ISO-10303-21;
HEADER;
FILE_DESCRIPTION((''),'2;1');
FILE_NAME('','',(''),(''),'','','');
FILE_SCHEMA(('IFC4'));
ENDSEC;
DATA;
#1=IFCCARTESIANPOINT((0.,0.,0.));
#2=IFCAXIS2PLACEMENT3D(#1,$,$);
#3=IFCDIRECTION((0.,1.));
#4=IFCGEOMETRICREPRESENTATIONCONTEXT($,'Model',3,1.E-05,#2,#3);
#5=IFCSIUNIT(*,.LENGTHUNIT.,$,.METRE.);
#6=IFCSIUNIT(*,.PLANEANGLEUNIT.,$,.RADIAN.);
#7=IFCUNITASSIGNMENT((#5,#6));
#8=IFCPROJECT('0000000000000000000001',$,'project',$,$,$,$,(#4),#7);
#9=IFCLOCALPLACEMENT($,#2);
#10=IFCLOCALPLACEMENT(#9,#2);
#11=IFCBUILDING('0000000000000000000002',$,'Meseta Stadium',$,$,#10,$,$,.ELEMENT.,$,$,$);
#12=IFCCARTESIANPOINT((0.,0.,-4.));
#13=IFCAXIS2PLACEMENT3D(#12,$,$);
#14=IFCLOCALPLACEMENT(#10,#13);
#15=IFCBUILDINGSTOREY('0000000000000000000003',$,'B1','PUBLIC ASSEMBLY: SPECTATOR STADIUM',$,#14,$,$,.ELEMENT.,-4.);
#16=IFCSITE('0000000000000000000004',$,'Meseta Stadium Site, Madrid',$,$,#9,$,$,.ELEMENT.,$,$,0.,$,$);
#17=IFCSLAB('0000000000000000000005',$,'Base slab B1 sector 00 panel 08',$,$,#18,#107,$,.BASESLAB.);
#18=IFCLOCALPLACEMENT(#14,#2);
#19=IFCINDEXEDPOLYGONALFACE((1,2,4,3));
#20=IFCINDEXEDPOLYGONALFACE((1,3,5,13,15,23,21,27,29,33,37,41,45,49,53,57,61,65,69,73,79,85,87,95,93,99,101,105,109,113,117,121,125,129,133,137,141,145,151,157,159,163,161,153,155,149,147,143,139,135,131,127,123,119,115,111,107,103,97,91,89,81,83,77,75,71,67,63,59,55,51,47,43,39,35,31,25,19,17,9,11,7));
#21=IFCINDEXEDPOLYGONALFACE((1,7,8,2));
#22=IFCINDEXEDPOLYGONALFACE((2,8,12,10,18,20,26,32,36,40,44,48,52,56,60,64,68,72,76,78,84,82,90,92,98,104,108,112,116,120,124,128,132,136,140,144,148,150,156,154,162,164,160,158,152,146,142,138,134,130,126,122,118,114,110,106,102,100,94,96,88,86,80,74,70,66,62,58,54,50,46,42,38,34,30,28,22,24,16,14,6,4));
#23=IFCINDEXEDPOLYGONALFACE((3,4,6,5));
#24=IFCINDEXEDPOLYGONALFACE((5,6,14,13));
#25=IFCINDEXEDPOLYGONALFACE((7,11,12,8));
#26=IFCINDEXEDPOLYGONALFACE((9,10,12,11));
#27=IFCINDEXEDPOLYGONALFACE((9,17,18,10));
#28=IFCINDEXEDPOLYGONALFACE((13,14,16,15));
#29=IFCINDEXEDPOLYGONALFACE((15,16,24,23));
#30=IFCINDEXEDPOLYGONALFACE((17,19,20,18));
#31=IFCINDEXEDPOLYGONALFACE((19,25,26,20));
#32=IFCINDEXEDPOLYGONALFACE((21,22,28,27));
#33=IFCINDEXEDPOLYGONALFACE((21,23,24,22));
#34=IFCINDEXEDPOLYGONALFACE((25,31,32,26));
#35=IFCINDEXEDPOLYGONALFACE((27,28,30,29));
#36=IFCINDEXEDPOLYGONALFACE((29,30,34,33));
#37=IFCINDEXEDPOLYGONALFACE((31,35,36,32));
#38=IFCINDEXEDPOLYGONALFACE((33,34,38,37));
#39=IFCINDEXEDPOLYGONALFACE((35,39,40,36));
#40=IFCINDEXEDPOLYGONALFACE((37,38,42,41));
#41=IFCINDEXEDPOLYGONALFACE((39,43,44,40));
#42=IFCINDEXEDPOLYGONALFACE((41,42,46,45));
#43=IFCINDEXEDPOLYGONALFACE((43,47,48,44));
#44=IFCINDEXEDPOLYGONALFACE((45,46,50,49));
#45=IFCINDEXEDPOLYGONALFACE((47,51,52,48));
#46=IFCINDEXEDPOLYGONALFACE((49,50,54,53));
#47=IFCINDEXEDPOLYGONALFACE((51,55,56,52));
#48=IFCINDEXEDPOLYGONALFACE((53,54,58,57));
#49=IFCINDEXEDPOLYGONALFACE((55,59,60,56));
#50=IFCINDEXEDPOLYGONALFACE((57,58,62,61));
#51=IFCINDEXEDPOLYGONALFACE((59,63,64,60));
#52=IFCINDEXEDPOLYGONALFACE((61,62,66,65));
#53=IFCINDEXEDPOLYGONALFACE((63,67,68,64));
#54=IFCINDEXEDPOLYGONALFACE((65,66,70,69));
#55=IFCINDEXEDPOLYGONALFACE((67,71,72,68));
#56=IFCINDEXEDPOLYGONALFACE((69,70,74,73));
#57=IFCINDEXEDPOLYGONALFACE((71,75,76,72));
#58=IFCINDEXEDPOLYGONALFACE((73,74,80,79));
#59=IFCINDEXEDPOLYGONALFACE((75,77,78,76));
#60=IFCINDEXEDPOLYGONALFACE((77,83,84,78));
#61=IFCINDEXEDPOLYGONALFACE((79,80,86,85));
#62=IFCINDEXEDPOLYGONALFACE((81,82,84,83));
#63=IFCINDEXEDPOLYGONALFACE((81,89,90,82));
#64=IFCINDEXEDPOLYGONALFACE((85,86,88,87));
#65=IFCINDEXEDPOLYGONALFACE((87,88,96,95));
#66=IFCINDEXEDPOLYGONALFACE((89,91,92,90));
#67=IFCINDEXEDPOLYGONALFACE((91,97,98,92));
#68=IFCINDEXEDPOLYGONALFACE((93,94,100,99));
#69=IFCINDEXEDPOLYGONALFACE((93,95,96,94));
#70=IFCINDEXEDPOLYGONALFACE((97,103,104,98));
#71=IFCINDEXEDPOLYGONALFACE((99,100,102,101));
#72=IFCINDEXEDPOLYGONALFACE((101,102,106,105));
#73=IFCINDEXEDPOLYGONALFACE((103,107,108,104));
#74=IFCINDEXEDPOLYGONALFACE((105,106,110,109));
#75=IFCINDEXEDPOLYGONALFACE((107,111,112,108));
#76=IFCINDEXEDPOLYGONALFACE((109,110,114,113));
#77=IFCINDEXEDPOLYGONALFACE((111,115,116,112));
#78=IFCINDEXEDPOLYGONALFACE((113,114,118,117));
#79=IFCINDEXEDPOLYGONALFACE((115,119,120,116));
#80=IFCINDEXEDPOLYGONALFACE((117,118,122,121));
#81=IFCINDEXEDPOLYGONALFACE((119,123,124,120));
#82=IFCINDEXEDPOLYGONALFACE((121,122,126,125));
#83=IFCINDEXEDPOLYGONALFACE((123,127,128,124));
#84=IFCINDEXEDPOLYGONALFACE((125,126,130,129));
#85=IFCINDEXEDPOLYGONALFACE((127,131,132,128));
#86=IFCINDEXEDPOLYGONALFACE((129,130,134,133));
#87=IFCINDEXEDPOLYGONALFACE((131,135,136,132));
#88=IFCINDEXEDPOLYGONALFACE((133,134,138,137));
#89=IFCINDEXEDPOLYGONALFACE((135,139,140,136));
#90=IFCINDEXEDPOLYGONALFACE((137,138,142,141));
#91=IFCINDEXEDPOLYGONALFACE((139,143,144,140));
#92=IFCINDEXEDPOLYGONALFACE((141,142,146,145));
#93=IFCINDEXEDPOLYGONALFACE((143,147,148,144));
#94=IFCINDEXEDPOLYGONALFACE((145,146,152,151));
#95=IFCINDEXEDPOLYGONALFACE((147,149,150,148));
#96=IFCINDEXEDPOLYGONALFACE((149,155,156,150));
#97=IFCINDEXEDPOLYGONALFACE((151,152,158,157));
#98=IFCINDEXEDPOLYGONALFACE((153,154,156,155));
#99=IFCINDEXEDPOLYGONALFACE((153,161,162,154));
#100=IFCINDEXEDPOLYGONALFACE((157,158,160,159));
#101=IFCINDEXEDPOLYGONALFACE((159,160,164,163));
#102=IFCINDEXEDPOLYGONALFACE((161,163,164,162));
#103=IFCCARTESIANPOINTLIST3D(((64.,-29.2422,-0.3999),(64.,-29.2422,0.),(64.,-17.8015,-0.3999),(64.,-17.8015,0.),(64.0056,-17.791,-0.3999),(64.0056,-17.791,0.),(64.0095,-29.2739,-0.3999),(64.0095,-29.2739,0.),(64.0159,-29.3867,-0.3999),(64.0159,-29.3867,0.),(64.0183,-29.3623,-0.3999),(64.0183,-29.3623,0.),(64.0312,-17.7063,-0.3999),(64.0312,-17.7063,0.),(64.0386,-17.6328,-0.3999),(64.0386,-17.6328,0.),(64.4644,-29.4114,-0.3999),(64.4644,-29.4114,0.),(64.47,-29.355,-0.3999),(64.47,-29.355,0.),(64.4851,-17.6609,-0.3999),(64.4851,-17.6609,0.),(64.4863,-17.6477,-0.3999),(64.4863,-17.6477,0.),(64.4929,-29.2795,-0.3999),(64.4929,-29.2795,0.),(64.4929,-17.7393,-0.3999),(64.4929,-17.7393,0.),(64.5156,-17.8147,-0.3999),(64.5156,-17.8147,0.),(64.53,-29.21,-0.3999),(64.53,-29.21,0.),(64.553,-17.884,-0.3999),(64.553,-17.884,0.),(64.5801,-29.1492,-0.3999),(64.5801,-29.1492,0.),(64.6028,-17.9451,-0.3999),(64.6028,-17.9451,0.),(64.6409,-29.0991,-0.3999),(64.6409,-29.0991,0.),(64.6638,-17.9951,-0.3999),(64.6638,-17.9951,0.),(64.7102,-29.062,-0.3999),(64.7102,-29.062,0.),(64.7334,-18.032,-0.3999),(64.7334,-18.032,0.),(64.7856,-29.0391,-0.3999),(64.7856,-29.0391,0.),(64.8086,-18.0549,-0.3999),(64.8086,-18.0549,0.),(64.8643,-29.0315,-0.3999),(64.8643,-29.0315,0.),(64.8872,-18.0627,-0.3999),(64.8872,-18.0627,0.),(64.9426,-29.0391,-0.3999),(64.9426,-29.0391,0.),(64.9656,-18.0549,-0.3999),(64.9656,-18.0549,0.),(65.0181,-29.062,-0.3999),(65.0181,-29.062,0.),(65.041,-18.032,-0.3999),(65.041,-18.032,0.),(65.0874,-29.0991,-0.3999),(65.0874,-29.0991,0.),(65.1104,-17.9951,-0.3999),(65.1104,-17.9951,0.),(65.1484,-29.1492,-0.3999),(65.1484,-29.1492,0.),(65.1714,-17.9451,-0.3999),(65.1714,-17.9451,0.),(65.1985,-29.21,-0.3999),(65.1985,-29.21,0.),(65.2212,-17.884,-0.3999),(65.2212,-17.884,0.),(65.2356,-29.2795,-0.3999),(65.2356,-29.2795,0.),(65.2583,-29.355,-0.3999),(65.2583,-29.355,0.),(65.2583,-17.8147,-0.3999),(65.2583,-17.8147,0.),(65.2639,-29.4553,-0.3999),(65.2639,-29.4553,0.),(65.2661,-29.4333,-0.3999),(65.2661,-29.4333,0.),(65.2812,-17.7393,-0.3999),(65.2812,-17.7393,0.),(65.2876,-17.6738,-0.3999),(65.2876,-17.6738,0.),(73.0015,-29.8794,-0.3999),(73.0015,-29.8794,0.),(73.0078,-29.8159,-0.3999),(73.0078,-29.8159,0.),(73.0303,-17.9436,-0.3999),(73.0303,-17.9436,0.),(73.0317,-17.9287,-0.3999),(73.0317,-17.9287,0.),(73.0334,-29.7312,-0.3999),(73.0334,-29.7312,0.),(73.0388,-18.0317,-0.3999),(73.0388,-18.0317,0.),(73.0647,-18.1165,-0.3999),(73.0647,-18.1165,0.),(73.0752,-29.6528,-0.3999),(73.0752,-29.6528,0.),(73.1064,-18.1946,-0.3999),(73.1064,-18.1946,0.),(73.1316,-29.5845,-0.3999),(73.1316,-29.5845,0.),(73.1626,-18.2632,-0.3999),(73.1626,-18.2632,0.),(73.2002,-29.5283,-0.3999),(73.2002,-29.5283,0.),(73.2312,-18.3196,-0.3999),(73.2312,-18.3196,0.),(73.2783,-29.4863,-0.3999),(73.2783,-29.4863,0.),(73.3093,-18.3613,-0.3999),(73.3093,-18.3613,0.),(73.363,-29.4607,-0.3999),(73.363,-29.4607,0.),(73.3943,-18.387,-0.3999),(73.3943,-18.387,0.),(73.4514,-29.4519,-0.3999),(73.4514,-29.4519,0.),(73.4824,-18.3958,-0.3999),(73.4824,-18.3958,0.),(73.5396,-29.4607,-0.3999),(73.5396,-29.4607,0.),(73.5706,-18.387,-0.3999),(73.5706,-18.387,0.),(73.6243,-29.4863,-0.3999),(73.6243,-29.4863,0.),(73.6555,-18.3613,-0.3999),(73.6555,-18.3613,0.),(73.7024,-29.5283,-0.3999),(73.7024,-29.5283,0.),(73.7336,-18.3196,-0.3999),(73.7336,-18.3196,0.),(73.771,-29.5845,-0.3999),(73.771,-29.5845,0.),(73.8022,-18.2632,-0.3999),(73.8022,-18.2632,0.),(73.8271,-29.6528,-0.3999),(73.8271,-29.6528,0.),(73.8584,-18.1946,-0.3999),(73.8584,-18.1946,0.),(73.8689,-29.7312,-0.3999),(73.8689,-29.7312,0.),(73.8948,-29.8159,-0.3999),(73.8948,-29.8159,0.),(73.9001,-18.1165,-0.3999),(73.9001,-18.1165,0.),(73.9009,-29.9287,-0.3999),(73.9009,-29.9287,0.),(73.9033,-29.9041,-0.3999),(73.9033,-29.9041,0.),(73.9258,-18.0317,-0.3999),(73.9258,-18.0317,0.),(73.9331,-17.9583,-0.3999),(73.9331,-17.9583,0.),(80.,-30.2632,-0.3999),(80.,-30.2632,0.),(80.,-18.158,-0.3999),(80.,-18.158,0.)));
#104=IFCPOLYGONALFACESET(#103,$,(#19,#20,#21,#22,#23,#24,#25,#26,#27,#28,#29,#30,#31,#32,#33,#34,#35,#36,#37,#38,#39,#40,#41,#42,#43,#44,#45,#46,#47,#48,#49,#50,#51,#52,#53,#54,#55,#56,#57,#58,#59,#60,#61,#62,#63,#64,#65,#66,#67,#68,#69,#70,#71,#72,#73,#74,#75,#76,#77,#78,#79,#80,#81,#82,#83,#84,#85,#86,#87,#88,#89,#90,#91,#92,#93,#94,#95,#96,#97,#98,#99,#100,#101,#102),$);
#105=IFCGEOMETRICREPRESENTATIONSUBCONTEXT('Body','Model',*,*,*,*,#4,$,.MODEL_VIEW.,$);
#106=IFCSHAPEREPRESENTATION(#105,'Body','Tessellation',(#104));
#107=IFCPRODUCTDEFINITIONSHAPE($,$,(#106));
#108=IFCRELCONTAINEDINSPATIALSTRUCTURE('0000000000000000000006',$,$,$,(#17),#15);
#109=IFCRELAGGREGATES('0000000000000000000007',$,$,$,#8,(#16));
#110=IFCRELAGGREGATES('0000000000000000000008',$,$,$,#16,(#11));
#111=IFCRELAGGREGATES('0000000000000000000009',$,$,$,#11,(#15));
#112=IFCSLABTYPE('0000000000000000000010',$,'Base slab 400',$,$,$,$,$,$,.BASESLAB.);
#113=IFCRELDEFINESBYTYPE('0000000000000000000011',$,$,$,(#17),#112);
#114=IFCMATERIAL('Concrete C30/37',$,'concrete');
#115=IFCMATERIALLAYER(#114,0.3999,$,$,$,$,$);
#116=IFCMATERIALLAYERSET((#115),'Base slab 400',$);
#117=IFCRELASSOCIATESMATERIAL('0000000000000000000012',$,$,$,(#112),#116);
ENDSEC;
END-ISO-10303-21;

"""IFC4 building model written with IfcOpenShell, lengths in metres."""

from ifc_helpers import new_model, si_unit, direction, frame, origin, place, context, subcontext, project, spatial, polyline, outline, extrude, material, layer, layer_set, type_object, element, save


model = new_model("IFC4")

# Units and contexts
model_context = context("Model", 3, precision=1e-05, world=origin(), true_north=direction((0.0, 1.0)))
body_context = subcontext(model_context, "Body", "Model", "MODEL_VIEW")
ifc_project = project(units=[si_unit("LENGTHUNIT", "METRE"), si_unit("PLANEANGLEUNIT", "RADIAN")], contexts=[model_context])

# Site, building, storey
site_placement = place(None, origin())
site = spatial("IfcSite", under=ifc_project, at=site_placement, Name="Meseta Stadium Site, Madrid", CompositionType="ELEMENT", RefElevation=0.0)
building_placement = place(site_placement, origin())
building = spatial("IfcBuilding", under=site, at=building_placement, Name="Meseta Stadium", CompositionType="ELEMENT")
storey_placement = place(building_placement, frame((0.0, 0.0, -4.0)))
storey = spatial("IfcBuildingStorey", under=building, at=storey_placement, Name="B1", Description="PUBLIC ASSEMBLY: SPECTATOR STADIUM", CompositionType="ELEMENT", Elevation=-4.0)

# Slab
ifc_material_1 = material(Name="Concrete C30/37", Category="concrete")
ifc_layer_1 = layer(ifc_material_1, 0.3999)
ifc_layer_set_1 = layer_set([ifc_layer_1], Name="Base slab 400")
slab_type = type_object("IfcSlabType", Name="Base slab 400", PredefinedType="BASESLAB", material=ifc_layer_set_1)
slab_1_placement = place(storey_placement, frame((0.0, 0.0, -0.3999)))
element("IfcSlab", 1, at=slab_1_placement, inside=storey, type_object=slab_type, Name="Base slab B1 sector 00 panel 08", PredefinedType="BASESLAB", context=body_context, shape_type="SweptSolid", body=[
    extrude(outline(polyline([(64.0095, -29.2739), (64.0183, -29.3623), (64.0159, -29.3867), (64.4644, -29.4114), (64.47, -29.355), (64.4929, -29.2795), (64.53, -29.21), (64.5801, -29.1492), (64.6409, -29.0991), (64.7102, -29.062), (64.7856, -29.0391), (64.8643, -29.0315), (64.9426, -29.0391), (65.0181, -29.062), (65.0874, -29.0991), (65.1484, -29.1492), (65.1985, -29.21), (65.2356, -29.2795), (65.2583, -29.355), (65.2661, -29.4333), (65.2639, -29.4553), (73.0015, -29.8794), (73.0078, -29.8159), (73.0334, -29.7312), (73.0752, -29.6528), (73.1316, -29.5845), (73.2002, -29.5283), (73.2783, -29.4863), (73.363, -29.4607), (73.4514, -29.4519), (73.5396, -29.4607), (73.6243, -29.4863), (73.7024, -29.5283), (73.771, -29.5845), (73.8271, -29.6528), (73.8689, -29.7312), (73.8948, -29.8159), (73.9033, -29.9041), (73.9009, -29.9287), (80.0, -30.2632), (80.0, -18.158), (73.9331, -17.9583), (73.9258, -18.0317), (73.9001, -18.1165), (73.8584, -18.1946), (73.8022, -18.2632), (73.7336, -18.3196), (73.6555, -18.3613), (73.5706, -18.387), (73.4824, -18.3958), (73.3943, -18.387), (73.3093, -18.3613), (73.2312, -18.3196), (73.1626, -18.2632), (73.1064, -18.1946), (73.0647, -18.1165), (73.0388, -18.0317), (73.0303, -17.9436), (73.0317, -17.9287), (65.2876, -17.6738), (65.2812, -17.7393), (65.2583, -17.8147), (65.2212, -17.884), (65.1714, -17.9451), (65.1104, -17.9951), (65.041, -18.032), (64.9656, -18.0549), (64.8872, -18.0627), (64.8086, -18.0549), (64.7334, -18.032), (64.6638, -17.9951), (64.6028, -17.9451), (64.553, -17.884), (64.5156, -17.8147), (64.4929, -17.7393), (64.4851, -17.6609), (64.4863, -17.6477), (64.0386, -17.6328), (64.0312, -17.7063), (64.0056, -17.791), (64.0, -17.8015), (64.0, -29.2422), (64.0095, -29.2739)])), origin(), (0.0, 0.0, 1.0), 0.3999),
])

save(model, "model.ifc")
